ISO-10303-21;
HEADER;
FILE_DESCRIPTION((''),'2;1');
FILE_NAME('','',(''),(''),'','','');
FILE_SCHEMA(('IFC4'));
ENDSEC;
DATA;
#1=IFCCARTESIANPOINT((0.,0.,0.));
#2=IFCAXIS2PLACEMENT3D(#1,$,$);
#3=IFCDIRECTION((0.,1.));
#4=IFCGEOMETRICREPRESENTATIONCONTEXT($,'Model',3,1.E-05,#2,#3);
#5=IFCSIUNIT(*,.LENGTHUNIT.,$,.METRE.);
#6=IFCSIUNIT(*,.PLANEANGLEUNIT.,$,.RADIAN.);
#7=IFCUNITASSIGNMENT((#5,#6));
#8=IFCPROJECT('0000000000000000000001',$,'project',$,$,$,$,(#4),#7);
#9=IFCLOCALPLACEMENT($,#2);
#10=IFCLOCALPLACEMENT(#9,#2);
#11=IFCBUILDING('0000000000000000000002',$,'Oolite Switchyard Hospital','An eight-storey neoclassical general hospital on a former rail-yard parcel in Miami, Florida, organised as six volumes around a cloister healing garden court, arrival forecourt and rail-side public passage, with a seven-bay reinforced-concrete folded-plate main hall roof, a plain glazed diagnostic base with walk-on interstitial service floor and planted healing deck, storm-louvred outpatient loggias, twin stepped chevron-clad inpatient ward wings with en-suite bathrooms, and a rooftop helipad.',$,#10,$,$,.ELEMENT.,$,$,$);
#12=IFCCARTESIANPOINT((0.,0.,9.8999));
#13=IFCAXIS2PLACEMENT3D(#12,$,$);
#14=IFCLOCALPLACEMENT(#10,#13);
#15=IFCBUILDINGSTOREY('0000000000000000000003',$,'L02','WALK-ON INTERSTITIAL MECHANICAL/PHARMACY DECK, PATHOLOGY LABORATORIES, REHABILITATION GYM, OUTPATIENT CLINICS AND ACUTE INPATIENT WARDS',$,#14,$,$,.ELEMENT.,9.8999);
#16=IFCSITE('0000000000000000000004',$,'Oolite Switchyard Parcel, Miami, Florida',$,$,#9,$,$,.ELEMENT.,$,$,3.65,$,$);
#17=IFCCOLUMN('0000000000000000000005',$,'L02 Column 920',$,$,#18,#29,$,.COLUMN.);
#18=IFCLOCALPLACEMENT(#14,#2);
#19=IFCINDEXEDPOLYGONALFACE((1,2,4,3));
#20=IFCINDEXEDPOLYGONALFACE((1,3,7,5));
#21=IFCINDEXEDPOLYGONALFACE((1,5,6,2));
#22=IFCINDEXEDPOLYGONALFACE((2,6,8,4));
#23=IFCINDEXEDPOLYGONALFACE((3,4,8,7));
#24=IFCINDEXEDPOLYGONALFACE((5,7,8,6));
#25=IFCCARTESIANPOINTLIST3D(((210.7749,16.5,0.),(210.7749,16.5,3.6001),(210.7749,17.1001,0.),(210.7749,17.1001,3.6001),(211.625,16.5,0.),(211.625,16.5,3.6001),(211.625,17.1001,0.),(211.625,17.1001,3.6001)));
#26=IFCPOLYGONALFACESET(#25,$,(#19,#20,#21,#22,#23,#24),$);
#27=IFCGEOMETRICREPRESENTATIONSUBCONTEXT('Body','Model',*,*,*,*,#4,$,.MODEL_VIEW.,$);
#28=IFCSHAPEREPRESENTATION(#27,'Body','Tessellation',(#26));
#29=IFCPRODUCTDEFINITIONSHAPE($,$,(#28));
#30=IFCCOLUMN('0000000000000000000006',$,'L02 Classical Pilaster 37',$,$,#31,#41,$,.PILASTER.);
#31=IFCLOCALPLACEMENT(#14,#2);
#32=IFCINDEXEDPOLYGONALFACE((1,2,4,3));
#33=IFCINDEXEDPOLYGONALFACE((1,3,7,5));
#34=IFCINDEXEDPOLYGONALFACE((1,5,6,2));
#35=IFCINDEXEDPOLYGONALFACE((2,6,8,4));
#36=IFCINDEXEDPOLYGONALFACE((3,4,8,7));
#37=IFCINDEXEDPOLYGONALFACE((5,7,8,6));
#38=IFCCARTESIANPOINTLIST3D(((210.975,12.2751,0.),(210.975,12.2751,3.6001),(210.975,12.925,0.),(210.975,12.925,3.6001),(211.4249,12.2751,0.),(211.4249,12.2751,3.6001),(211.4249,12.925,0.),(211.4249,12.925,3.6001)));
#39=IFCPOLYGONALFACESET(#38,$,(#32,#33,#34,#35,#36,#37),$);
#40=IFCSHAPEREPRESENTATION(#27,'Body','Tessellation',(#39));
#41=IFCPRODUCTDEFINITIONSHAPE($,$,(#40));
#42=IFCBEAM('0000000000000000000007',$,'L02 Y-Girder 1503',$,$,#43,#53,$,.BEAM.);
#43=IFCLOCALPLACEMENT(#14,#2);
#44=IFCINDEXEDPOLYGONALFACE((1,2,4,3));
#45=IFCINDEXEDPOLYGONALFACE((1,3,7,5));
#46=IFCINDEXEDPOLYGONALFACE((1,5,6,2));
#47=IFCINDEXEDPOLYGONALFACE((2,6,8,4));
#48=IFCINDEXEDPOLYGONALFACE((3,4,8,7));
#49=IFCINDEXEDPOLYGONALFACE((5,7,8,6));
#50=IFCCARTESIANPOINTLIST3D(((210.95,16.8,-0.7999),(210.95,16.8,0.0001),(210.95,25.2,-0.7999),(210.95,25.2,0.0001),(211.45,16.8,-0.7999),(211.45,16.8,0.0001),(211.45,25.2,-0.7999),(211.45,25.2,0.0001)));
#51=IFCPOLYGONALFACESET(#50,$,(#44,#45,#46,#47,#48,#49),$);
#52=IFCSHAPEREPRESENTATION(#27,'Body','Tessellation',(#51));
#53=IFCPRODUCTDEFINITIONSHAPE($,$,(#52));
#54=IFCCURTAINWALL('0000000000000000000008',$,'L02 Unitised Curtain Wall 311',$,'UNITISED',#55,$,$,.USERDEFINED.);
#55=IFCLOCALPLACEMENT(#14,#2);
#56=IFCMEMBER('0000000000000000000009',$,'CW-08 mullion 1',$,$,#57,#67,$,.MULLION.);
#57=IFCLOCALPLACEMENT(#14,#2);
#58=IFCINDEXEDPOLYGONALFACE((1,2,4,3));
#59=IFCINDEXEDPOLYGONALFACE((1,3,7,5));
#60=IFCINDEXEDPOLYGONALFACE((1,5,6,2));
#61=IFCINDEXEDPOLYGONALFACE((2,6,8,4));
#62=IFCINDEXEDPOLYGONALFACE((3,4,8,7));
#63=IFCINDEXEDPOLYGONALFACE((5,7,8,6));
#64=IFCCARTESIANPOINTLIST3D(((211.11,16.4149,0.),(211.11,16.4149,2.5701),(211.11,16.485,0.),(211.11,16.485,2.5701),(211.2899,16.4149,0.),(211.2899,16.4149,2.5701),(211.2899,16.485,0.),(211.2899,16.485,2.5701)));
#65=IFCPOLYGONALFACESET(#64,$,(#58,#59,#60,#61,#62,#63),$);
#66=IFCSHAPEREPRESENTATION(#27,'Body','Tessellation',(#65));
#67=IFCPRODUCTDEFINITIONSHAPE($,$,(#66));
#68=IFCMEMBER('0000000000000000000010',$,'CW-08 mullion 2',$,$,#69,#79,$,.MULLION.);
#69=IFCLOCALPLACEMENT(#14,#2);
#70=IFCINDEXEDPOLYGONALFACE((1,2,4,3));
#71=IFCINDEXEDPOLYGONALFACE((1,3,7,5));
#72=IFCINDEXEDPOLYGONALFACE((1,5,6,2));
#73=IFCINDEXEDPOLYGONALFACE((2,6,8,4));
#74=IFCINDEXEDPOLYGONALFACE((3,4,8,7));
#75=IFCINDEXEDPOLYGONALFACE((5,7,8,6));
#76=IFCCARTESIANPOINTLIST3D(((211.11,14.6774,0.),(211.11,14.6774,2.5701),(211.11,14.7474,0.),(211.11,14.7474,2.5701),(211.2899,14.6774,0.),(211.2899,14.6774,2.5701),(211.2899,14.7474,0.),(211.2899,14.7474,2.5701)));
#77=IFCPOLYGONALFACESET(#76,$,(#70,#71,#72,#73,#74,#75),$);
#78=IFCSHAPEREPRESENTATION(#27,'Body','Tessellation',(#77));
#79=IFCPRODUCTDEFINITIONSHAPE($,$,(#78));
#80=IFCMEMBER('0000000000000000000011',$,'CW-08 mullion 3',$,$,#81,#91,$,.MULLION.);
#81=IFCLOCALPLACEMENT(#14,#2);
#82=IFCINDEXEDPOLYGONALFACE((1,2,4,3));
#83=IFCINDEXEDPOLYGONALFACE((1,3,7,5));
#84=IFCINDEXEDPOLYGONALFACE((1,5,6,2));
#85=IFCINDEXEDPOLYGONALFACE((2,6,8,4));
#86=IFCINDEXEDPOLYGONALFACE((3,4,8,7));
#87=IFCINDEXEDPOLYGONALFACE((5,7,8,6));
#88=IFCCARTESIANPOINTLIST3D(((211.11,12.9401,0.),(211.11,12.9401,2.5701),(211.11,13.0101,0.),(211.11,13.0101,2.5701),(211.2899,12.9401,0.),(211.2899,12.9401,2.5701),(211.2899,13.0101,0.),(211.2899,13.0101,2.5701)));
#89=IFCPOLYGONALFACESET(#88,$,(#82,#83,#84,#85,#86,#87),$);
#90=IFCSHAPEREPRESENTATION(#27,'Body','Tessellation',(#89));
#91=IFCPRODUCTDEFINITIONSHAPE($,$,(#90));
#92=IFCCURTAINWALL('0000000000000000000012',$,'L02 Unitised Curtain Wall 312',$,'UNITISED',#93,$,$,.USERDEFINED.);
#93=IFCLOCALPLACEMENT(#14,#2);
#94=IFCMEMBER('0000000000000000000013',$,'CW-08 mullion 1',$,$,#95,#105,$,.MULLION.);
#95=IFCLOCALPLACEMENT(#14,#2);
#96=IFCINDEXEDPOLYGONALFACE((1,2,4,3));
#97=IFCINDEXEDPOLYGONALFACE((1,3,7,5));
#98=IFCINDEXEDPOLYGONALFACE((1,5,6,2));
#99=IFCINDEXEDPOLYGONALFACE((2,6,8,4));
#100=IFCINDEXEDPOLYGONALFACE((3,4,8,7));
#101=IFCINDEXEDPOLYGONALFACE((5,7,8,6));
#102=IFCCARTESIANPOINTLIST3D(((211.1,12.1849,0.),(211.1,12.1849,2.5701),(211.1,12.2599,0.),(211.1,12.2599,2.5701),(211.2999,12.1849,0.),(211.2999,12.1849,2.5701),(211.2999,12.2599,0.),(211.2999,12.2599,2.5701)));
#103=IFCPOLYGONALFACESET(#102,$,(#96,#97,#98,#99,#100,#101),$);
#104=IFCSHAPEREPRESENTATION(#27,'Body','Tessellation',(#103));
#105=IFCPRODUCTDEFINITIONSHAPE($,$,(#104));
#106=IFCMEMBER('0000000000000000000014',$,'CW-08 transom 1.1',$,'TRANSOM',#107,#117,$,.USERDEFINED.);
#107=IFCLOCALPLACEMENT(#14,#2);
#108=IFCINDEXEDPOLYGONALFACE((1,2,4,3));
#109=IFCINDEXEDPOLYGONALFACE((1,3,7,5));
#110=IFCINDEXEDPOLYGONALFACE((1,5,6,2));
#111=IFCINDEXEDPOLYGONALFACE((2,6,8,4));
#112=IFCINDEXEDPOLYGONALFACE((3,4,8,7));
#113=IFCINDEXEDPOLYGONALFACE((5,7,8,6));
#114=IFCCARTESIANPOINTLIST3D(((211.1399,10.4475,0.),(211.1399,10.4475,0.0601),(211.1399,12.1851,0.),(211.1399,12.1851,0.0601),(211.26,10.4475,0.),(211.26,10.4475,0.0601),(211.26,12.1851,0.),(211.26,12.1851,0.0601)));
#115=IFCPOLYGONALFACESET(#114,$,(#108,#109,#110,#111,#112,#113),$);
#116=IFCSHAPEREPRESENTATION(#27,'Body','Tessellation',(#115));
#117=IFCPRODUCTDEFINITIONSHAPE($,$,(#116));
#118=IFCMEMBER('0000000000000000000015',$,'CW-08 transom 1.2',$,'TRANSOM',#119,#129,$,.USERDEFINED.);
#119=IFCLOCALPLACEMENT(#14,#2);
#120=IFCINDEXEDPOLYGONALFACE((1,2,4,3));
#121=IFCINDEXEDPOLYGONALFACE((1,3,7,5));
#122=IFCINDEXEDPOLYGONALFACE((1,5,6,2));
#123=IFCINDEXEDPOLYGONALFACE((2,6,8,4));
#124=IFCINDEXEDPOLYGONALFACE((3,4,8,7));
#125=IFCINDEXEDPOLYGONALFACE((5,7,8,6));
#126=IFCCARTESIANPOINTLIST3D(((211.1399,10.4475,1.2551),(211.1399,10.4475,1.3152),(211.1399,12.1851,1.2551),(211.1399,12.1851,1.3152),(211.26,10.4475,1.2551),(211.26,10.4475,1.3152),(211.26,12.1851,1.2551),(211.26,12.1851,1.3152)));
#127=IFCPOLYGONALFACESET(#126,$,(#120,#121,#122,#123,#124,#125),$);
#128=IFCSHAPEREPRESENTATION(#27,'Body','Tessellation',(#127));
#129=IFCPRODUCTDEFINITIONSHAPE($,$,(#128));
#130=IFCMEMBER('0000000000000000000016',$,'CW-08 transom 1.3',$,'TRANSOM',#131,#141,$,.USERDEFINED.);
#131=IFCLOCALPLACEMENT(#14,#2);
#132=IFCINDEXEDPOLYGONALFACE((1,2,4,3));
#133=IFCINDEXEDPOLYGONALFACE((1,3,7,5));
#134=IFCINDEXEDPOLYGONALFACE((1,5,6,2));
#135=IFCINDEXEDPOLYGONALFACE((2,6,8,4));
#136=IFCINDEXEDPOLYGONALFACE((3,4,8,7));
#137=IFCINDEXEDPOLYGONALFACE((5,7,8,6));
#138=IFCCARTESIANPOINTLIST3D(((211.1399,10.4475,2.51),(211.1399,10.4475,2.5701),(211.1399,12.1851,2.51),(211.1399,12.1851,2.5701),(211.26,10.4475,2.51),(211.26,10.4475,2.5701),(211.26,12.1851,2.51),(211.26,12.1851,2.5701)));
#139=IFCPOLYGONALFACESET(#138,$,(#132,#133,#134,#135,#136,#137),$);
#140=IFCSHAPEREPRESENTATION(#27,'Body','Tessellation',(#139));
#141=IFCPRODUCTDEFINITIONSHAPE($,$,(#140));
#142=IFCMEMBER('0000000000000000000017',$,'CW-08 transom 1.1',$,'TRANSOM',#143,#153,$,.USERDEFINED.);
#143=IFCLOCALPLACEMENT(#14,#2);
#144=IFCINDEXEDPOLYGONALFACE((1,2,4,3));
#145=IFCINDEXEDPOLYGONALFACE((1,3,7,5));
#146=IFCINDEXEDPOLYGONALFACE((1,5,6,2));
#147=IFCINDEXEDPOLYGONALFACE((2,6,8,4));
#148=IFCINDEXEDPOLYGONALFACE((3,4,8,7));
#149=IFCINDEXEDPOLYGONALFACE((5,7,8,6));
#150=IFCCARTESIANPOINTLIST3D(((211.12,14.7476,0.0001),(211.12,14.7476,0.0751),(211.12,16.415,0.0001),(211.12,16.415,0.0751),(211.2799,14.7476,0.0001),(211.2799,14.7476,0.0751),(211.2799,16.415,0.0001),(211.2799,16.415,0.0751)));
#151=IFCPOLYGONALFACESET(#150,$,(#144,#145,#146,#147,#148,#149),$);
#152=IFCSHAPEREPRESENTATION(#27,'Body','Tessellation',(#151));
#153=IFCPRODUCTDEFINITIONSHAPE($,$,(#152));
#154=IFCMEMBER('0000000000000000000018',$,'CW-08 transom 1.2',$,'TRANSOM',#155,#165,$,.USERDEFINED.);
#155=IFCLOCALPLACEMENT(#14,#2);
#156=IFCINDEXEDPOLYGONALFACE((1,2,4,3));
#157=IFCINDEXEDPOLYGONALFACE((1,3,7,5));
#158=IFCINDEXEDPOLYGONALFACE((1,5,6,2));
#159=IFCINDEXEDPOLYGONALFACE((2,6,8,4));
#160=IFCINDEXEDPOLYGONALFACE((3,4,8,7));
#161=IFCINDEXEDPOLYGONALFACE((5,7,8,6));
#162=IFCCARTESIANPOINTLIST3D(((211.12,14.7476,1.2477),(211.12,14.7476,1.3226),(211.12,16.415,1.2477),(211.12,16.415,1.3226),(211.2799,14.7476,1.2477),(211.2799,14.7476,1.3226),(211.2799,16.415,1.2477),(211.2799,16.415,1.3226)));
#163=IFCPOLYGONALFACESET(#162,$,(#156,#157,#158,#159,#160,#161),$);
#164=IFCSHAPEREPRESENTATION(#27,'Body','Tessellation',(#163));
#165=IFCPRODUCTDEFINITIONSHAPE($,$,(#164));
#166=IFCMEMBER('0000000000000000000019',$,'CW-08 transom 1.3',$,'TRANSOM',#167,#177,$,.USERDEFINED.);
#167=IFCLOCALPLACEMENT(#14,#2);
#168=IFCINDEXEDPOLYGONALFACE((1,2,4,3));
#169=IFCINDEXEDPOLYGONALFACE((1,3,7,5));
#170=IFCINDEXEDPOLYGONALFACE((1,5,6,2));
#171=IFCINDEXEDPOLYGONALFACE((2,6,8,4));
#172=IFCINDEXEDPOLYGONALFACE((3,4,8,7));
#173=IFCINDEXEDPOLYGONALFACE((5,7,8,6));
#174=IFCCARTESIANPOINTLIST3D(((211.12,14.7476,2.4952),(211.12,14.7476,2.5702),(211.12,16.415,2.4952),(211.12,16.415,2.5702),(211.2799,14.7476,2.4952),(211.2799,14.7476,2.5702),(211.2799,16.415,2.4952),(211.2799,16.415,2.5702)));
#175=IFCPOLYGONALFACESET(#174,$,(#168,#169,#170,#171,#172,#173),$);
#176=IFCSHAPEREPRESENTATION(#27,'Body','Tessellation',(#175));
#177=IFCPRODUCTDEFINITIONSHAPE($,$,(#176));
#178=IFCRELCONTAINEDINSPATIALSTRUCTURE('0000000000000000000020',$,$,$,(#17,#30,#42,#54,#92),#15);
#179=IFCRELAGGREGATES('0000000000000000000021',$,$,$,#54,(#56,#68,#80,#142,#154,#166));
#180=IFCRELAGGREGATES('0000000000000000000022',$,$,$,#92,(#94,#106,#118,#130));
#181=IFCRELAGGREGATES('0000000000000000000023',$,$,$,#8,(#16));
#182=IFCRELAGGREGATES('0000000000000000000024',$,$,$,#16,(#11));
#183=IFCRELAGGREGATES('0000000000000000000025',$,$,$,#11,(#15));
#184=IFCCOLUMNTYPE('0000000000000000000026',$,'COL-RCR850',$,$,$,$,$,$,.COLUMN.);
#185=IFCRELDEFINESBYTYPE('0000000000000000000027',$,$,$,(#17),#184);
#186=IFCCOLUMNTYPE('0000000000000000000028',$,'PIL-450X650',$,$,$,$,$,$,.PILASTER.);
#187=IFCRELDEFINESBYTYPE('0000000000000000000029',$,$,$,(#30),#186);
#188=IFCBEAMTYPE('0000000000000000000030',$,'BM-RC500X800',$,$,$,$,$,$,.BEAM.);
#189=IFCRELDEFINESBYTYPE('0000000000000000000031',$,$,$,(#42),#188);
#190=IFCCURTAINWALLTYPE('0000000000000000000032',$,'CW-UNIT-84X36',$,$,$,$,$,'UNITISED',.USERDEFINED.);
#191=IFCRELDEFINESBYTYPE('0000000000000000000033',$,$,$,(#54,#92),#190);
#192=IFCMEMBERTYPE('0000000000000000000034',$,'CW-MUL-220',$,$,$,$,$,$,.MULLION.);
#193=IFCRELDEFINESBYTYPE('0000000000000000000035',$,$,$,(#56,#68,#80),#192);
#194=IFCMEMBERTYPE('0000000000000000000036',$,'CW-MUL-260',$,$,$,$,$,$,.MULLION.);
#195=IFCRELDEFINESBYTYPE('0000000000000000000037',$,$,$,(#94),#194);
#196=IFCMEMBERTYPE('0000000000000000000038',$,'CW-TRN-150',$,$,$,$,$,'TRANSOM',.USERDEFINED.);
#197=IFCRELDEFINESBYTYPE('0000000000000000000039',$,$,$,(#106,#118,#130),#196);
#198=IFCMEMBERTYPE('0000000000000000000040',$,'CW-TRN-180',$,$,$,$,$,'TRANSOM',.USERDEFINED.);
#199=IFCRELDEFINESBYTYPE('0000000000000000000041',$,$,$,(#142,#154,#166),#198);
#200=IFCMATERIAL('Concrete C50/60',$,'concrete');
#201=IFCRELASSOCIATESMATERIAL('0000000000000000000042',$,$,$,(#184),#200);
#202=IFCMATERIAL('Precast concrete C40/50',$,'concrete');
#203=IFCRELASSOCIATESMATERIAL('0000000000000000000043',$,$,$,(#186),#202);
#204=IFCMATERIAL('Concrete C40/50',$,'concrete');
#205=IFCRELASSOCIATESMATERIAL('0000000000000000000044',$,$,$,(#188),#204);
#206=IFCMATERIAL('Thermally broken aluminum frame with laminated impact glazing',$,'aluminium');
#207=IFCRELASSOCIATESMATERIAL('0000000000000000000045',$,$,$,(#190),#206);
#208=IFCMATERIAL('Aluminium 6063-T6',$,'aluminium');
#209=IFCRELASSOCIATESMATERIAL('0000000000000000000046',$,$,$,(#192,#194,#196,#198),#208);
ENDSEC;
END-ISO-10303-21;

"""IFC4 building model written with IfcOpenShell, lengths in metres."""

from ifc_helpers import new_model, si_unit, direction, frame, origin, origin_2d, place, context, subcontext, project, spatial, rectangle, extrude, material, material_profile, profile_set, type_object, element, aggregate, save


model = new_model("IFC4")

# Units and contexts
model_context = context("Model", 3, precision=1e-05, world=origin(), true_north=direction((0.0, 1.0)))
body_context = subcontext(model_context, "Body", "Model", "MODEL_VIEW")
ifc_project = project(units=[si_unit("LENGTHUNIT", "METRE"), si_unit("PLANEANGLEUNIT", "RADIAN")], contexts=[model_context])

# Site, building, storey
site_placement = place(None, origin())
site = spatial("IfcSite", under=ifc_project, at=site_placement, Name="Oolite Switchyard Parcel, Miami, Florida", CompositionType="ELEMENT", RefElevation=3.65)
building_placement = place(site_placement, origin())
building = spatial("IfcBuilding", under=site, at=building_placement, Name="Oolite Switchyard Hospital", Description="An eight-storey neoclassical general hospital on a former rail-yard parcel in Miami, Florida, organised as six volumes around a cloister healing garden court, arrival forecourt and rail-side public passage, with a seven-bay reinforced-concrete folded-plate main hall roof, a plain glazed diagnostic base with walk-on interstitial service floor and planted healing deck, storm-louvred outpatient loggias, twin stepped chevron-clad inpatient ward wings with en-suite bathrooms, and a rooftop helipad.", CompositionType="ELEMENT")
storey_placement = place(building_placement, frame((0.0, 0.0, 9.8999)))
storey = spatial("IfcBuildingStorey", under=building, at=storey_placement, Name="L02", Description="WALK-ON INTERSTITIAL MECHANICAL/PHARMACY DECK, PATHOLOGY LABORATORIES, REHABILITATION GYM, OUTPATIENT CLINICS AND ACUTE INPATIENT WARDS", CompositionType="ELEMENT", Elevation=9.8999)

# Columns
ifc_material_1 = material(Name="Concrete C50/60", Category="concrete")
ifc_material_profile_1 = material_profile(ifc_material_1, rectangle(XDim=0.8501, YDim=0.6001, at=origin_2d()), Name="RC850X600")
ifc_profile_set_1 = profile_set([ifc_material_profile_1], Name="Concrete C50/60")
column_type_1 = type_object("IfcColumnType", Name="COL-RCR850", PredefinedType="COLUMN", material=ifc_profile_set_1)
column_1_placement = place(storey_placement, frame((211.2, 16.8, 0.0), z_axis=(0.0, 0.0, 1.0), x_axis=(1.0, 0.0, 0.0)))
element("IfcColumn", 1, at=column_1_placement, inside=storey, type_object=column_type_1, Name="L02 Column 920", PredefinedType="COLUMN", context=body_context, shape_type="SweptSolid", body=[
    extrude(rectangle(XDim=0.8501, YDim=0.6001, at=origin_2d()), origin(), (0.0, 0.0, 1.0), 3.6001),
])
ifc_material_2 = material(Name="Precast concrete C40/50", Category="concrete")
ifc_material_profile_2 = material_profile(ifc_material_2, rectangle(XDim=0.45, YDim=0.6499, at=origin_2d()), Name="PIL450X650")
ifc_profile_set_2 = profile_set([ifc_material_profile_2], Name="Precast concrete C40/50")
column_type_2 = type_object("IfcColumnType", Name="PIL-450X650", PredefinedType="PILASTER", material=ifc_profile_set_2)
column_2_placement = place(storey_placement, frame((211.2, 12.6001, 0.0), z_axis=(0.0, 0.0, 1.0), x_axis=(1.0, 0.0, 0.0)))
element("IfcColumn", 2, at=column_2_placement, inside=storey, type_object=column_type_2, Name="L02 Classical Pilaster 37", PredefinedType="PILASTER", context=body_context, shape_type="SweptSolid", body=[
    extrude(rectangle(XDim=0.45, YDim=0.6499, at=origin_2d()), origin(), (0.0, 0.0, 1.0), 3.6001),
])

# Beam
ifc_material_3 = material(Name="Concrete C40/50", Category="concrete")
ifc_material_profile_3 = material_profile(ifc_material_3, rectangle(XDim=0.5, YDim=0.8, at=origin_2d()), Name="RCB500X800")
ifc_profile_set_3 = profile_set([ifc_material_profile_3], Name="Concrete C40/50")
beam_type = type_object("IfcBeamType", Name="BM-RC500X800", PredefinedType="BEAM", material=ifc_profile_set_3)
beam_placement = place(storey_placement, frame((211.2, 16.8, -0.3999), z_axis=(0.0, 1.0, 0.0), x_axis=(-1.0, 0.0, 0.0)))
element("IfcBeam", 3, at=beam_placement, inside=storey, type_object=beam_type, Name="L02 Y-Girder 1503", PredefinedType="BEAM", context=body_context, shape_type="SweptSolid", body=[
    extrude(rectangle(XDim=0.5, YDim=0.8, at=origin_2d()), origin(), (0.0, 0.0, 1.0), 8.3999),
])

# Curtain walls, members
ifc_material_4 = material(Name="Thermally broken aluminum frame with laminated impact glazing", Category="aluminium")
curtain_wall_type = type_object("IfcCurtainWallType", Name="CW-UNIT-84X36", ElementType="UNITISED", PredefinedType="USERDEFINED", material=ifc_material_4)
curtain_wall_1_placement = place(storey_placement, origin())
curtain_wall_1 = element("IfcCurtainWall", 4, at=curtain_wall_1_placement, inside=storey, type_object=curtain_wall_type, Name="L02 Unitised Curtain Wall 311", ObjectType="UNITISED", PredefinedType="USERDEFINED")
ifc_material_5 = material(Name="Aluminium 6063-T6", Category="aluminium")
ifc_material_profile_4 = material_profile(ifc_material_5, rectangle(XDim=0.1799, YDim=0.0701, at=origin_2d()), Name="CWM70X180")
ifc_profile_set_4 = profile_set([ifc_material_profile_4], Name="Aluminium 6063-T6")
member_type_1 = type_object("IfcMemberType", Name="CW-MUL-220", PredefinedType="MULLION", material=ifc_profile_set_4)
member_1_placement = place(storey_placement, frame((211.2, 16.45, 0.0), z_axis=(0.0, 0.0, 1.0), x_axis=(1.0, 0.0, 0.0)))
member_1 = element("IfcMember", 5, at=member_1_placement, type_object=member_type_1, Name="CW-08 mullion 1", PredefinedType="MULLION", context=body_context, shape_type="SweptSolid", body=[
    extrude(rectangle(XDim=0.1799, YDim=0.0701, at=origin_2d()), origin(), (0.0, 0.0, 1.0), 2.5701),
])
member_2_placement = place(storey_placement, frame((211.2, 14.7124, 0.0), z_axis=(0.0, 0.0, 1.0), x_axis=(1.0, 0.0, 0.0)))
member_2 = element("IfcMember", 6, at=member_2_placement, type_object=member_type_1, Name="CW-08 mullion 2", PredefinedType="MULLION", context=body_context, shape_type="SweptSolid", body=[
    extrude(rectangle(XDim=0.1799, YDim=0.0701, at=origin_2d()), origin(), (0.0, 0.0, 1.0), 2.5701),
])
member_3_placement = place(storey_placement, frame((211.2, 12.9751, 0.0), z_axis=(0.0, 0.0, 1.0), x_axis=(1.0, 0.0, 0.0)))
member_3 = element("IfcMember", 7, at=member_3_placement, type_object=member_type_1, Name="CW-08 mullion 3", PredefinedType="MULLION", context=body_context, shape_type="SweptSolid", body=[
    extrude(rectangle(XDim=0.1799, YDim=0.0701, at=origin_2d()), origin(), (0.0, 0.0, 1.0), 2.5701),
])
curtain_wall_2_placement = place(storey_placement, origin())
curtain_wall_2 = element("IfcCurtainWall", 8, at=curtain_wall_2_placement, inside=storey, type_object=curtain_wall_type, Name="L02 Unitised Curtain Wall 312", ObjectType="UNITISED", PredefinedType="USERDEFINED")
ifc_material_profile_5 = material_profile(ifc_material_5, rectangle(XDim=0.2, YDim=0.075, at=origin_2d()), Name="CWM75X200")
ifc_profile_set_5 = profile_set([ifc_material_profile_5], Name="Aluminium 6063-T6")
member_type_2 = type_object("IfcMemberType", Name="CW-MUL-260", PredefinedType="MULLION", material=ifc_profile_set_5)
member_4_placement = place(storey_placement, frame((211.2, 12.2224, 0.0), z_axis=(0.0, 0.0, 1.0), x_axis=(1.0, 0.0, 0.0)))
member_4 = element("IfcMember", 9, at=member_4_placement, type_object=member_type_2, Name="CW-08 mullion 1", PredefinedType="MULLION", context=body_context, shape_type="SweptSolid", body=[
    extrude(rectangle(XDim=0.2, YDim=0.075, at=origin_2d()), origin(), (0.0, 0.0, 1.0), 2.5701),
])
ifc_material_profile_6 = material_profile(ifc_material_5, rectangle(XDim=0.1201, YDim=0.0601, at=origin_2d()), Name="CWT60X120")
ifc_profile_set_6 = profile_set([ifc_material_profile_6], Name="Aluminium 6063-T6")
member_type_3 = type_object("IfcMemberType", Name="CW-TRN-150", ElementType="TRANSOM", PredefinedType="USERDEFINED", material=ifc_profile_set_6)
member_5_placement = place(storey_placement, frame((211.2, 12.1851, 0.03), z_axis=(0.0, -1.0, 0.0), x_axis=(1.0, 0.0, 0.0)))
member_5 = element("IfcMember", 10, at=member_5_placement, type_object=member_type_3, Name="CW-08 transom 1.1", ObjectType="TRANSOM", PredefinedType="USERDEFINED", context=body_context, shape_type="SweptSolid", body=[
    extrude(rectangle(XDim=0.1201, YDim=0.0601, at=origin_2d()), origin(), (0.0, 0.0, 1.0), 1.7375),
])
member_6_placement = place(storey_placement, frame((211.2, 12.1851, 1.2852), z_axis=(0.0, -1.0, 0.0), x_axis=(1.0, 0.0, 0.0)))
member_6 = element("IfcMember", 11, at=member_6_placement, type_object=member_type_3, Name="CW-08 transom 1.2", ObjectType="TRANSOM", PredefinedType="USERDEFINED", context=body_context, shape_type="SweptSolid", body=[
    extrude(rectangle(XDim=0.1201, YDim=0.0601, at=origin_2d()), origin(), (0.0, 0.0, 1.0), 1.7375),
])
member_7_placement = place(storey_placement, frame((211.2, 12.1851, 2.54), z_axis=(0.0, -1.0, 0.0), x_axis=(1.0, 0.0, 0.0)))
member_7 = element("IfcMember", 12, at=member_7_placement, type_object=member_type_3, Name="CW-08 transom 1.3", ObjectType="TRANSOM", PredefinedType="USERDEFINED", context=body_context, shape_type="SweptSolid", body=[
    extrude(rectangle(XDim=0.1201, YDim=0.0601, at=origin_2d()), origin(), (0.0, 0.0, 1.0), 1.7375),
])

# Members
ifc_material_profile_7 = material_profile(ifc_material_5, rectangle(XDim=0.1599, YDim=0.075, at=origin_2d()), Name="CWT75X160")
ifc_profile_set_7 = profile_set([ifc_material_profile_7], Name="Aluminium 6063-T6")
member_type_4 = type_object("IfcMemberType", Name="CW-TRN-180", ElementType="TRANSOM", PredefinedType="USERDEFINED", material=ifc_profile_set_7)
member_8_placement = place(storey_placement, frame((211.2, 16.415, 0.0376), z_axis=(0.0, -1.0, 0.0), x_axis=(1.0, 0.0, 0.0)))
member_8 = element("IfcMember", 13, at=member_8_placement, type_object=member_type_4, Name="CW-08 transom 1.1", ObjectType="TRANSOM", PredefinedType="USERDEFINED", context=body_context, shape_type="SweptSolid", body=[
    extrude(rectangle(XDim=0.1599, YDim=0.075, at=origin_2d()), origin(), (0.0, 0.0, 1.0), 1.6675),
])
member_9_placement = place(storey_placement, frame((211.2, 16.415, 1.2852), z_axis=(0.0, -1.0, 0.0), x_axis=(1.0, 0.0, 0.0)))
member_9 = element("IfcMember", 14, at=member_9_placement, type_object=member_type_4, Name="CW-08 transom 1.2", ObjectType="TRANSOM", PredefinedType="USERDEFINED", context=body_context, shape_type="SweptSolid", body=[
    extrude(rectangle(XDim=0.1599, YDim=0.075, at=origin_2d()), origin(), (0.0, 0.0, 1.0), 1.6675),
])
member_10_placement = place(storey_placement, frame((211.2, 16.415, 2.5327), z_axis=(0.0, -1.0, 0.0), x_axis=(1.0, 0.0, 0.0)))
member_10 = element("IfcMember", 15, at=member_10_placement, type_object=member_type_4, Name="CW-08 transom 1.3", ObjectType="TRANSOM", PredefinedType="USERDEFINED", context=body_context, shape_type="SweptSolid", body=[
    extrude(rectangle(XDim=0.1599, YDim=0.075, at=origin_2d()), origin(), (0.0, 0.0, 1.0), 1.6675),
])

aggregate(curtain_wall_1, [member_1, member_2, member_3, member_8, member_9, member_10])
aggregate(curtain_wall_2, [member_4, member_5, member_6, member_7])

save(model, "model.ifc")
